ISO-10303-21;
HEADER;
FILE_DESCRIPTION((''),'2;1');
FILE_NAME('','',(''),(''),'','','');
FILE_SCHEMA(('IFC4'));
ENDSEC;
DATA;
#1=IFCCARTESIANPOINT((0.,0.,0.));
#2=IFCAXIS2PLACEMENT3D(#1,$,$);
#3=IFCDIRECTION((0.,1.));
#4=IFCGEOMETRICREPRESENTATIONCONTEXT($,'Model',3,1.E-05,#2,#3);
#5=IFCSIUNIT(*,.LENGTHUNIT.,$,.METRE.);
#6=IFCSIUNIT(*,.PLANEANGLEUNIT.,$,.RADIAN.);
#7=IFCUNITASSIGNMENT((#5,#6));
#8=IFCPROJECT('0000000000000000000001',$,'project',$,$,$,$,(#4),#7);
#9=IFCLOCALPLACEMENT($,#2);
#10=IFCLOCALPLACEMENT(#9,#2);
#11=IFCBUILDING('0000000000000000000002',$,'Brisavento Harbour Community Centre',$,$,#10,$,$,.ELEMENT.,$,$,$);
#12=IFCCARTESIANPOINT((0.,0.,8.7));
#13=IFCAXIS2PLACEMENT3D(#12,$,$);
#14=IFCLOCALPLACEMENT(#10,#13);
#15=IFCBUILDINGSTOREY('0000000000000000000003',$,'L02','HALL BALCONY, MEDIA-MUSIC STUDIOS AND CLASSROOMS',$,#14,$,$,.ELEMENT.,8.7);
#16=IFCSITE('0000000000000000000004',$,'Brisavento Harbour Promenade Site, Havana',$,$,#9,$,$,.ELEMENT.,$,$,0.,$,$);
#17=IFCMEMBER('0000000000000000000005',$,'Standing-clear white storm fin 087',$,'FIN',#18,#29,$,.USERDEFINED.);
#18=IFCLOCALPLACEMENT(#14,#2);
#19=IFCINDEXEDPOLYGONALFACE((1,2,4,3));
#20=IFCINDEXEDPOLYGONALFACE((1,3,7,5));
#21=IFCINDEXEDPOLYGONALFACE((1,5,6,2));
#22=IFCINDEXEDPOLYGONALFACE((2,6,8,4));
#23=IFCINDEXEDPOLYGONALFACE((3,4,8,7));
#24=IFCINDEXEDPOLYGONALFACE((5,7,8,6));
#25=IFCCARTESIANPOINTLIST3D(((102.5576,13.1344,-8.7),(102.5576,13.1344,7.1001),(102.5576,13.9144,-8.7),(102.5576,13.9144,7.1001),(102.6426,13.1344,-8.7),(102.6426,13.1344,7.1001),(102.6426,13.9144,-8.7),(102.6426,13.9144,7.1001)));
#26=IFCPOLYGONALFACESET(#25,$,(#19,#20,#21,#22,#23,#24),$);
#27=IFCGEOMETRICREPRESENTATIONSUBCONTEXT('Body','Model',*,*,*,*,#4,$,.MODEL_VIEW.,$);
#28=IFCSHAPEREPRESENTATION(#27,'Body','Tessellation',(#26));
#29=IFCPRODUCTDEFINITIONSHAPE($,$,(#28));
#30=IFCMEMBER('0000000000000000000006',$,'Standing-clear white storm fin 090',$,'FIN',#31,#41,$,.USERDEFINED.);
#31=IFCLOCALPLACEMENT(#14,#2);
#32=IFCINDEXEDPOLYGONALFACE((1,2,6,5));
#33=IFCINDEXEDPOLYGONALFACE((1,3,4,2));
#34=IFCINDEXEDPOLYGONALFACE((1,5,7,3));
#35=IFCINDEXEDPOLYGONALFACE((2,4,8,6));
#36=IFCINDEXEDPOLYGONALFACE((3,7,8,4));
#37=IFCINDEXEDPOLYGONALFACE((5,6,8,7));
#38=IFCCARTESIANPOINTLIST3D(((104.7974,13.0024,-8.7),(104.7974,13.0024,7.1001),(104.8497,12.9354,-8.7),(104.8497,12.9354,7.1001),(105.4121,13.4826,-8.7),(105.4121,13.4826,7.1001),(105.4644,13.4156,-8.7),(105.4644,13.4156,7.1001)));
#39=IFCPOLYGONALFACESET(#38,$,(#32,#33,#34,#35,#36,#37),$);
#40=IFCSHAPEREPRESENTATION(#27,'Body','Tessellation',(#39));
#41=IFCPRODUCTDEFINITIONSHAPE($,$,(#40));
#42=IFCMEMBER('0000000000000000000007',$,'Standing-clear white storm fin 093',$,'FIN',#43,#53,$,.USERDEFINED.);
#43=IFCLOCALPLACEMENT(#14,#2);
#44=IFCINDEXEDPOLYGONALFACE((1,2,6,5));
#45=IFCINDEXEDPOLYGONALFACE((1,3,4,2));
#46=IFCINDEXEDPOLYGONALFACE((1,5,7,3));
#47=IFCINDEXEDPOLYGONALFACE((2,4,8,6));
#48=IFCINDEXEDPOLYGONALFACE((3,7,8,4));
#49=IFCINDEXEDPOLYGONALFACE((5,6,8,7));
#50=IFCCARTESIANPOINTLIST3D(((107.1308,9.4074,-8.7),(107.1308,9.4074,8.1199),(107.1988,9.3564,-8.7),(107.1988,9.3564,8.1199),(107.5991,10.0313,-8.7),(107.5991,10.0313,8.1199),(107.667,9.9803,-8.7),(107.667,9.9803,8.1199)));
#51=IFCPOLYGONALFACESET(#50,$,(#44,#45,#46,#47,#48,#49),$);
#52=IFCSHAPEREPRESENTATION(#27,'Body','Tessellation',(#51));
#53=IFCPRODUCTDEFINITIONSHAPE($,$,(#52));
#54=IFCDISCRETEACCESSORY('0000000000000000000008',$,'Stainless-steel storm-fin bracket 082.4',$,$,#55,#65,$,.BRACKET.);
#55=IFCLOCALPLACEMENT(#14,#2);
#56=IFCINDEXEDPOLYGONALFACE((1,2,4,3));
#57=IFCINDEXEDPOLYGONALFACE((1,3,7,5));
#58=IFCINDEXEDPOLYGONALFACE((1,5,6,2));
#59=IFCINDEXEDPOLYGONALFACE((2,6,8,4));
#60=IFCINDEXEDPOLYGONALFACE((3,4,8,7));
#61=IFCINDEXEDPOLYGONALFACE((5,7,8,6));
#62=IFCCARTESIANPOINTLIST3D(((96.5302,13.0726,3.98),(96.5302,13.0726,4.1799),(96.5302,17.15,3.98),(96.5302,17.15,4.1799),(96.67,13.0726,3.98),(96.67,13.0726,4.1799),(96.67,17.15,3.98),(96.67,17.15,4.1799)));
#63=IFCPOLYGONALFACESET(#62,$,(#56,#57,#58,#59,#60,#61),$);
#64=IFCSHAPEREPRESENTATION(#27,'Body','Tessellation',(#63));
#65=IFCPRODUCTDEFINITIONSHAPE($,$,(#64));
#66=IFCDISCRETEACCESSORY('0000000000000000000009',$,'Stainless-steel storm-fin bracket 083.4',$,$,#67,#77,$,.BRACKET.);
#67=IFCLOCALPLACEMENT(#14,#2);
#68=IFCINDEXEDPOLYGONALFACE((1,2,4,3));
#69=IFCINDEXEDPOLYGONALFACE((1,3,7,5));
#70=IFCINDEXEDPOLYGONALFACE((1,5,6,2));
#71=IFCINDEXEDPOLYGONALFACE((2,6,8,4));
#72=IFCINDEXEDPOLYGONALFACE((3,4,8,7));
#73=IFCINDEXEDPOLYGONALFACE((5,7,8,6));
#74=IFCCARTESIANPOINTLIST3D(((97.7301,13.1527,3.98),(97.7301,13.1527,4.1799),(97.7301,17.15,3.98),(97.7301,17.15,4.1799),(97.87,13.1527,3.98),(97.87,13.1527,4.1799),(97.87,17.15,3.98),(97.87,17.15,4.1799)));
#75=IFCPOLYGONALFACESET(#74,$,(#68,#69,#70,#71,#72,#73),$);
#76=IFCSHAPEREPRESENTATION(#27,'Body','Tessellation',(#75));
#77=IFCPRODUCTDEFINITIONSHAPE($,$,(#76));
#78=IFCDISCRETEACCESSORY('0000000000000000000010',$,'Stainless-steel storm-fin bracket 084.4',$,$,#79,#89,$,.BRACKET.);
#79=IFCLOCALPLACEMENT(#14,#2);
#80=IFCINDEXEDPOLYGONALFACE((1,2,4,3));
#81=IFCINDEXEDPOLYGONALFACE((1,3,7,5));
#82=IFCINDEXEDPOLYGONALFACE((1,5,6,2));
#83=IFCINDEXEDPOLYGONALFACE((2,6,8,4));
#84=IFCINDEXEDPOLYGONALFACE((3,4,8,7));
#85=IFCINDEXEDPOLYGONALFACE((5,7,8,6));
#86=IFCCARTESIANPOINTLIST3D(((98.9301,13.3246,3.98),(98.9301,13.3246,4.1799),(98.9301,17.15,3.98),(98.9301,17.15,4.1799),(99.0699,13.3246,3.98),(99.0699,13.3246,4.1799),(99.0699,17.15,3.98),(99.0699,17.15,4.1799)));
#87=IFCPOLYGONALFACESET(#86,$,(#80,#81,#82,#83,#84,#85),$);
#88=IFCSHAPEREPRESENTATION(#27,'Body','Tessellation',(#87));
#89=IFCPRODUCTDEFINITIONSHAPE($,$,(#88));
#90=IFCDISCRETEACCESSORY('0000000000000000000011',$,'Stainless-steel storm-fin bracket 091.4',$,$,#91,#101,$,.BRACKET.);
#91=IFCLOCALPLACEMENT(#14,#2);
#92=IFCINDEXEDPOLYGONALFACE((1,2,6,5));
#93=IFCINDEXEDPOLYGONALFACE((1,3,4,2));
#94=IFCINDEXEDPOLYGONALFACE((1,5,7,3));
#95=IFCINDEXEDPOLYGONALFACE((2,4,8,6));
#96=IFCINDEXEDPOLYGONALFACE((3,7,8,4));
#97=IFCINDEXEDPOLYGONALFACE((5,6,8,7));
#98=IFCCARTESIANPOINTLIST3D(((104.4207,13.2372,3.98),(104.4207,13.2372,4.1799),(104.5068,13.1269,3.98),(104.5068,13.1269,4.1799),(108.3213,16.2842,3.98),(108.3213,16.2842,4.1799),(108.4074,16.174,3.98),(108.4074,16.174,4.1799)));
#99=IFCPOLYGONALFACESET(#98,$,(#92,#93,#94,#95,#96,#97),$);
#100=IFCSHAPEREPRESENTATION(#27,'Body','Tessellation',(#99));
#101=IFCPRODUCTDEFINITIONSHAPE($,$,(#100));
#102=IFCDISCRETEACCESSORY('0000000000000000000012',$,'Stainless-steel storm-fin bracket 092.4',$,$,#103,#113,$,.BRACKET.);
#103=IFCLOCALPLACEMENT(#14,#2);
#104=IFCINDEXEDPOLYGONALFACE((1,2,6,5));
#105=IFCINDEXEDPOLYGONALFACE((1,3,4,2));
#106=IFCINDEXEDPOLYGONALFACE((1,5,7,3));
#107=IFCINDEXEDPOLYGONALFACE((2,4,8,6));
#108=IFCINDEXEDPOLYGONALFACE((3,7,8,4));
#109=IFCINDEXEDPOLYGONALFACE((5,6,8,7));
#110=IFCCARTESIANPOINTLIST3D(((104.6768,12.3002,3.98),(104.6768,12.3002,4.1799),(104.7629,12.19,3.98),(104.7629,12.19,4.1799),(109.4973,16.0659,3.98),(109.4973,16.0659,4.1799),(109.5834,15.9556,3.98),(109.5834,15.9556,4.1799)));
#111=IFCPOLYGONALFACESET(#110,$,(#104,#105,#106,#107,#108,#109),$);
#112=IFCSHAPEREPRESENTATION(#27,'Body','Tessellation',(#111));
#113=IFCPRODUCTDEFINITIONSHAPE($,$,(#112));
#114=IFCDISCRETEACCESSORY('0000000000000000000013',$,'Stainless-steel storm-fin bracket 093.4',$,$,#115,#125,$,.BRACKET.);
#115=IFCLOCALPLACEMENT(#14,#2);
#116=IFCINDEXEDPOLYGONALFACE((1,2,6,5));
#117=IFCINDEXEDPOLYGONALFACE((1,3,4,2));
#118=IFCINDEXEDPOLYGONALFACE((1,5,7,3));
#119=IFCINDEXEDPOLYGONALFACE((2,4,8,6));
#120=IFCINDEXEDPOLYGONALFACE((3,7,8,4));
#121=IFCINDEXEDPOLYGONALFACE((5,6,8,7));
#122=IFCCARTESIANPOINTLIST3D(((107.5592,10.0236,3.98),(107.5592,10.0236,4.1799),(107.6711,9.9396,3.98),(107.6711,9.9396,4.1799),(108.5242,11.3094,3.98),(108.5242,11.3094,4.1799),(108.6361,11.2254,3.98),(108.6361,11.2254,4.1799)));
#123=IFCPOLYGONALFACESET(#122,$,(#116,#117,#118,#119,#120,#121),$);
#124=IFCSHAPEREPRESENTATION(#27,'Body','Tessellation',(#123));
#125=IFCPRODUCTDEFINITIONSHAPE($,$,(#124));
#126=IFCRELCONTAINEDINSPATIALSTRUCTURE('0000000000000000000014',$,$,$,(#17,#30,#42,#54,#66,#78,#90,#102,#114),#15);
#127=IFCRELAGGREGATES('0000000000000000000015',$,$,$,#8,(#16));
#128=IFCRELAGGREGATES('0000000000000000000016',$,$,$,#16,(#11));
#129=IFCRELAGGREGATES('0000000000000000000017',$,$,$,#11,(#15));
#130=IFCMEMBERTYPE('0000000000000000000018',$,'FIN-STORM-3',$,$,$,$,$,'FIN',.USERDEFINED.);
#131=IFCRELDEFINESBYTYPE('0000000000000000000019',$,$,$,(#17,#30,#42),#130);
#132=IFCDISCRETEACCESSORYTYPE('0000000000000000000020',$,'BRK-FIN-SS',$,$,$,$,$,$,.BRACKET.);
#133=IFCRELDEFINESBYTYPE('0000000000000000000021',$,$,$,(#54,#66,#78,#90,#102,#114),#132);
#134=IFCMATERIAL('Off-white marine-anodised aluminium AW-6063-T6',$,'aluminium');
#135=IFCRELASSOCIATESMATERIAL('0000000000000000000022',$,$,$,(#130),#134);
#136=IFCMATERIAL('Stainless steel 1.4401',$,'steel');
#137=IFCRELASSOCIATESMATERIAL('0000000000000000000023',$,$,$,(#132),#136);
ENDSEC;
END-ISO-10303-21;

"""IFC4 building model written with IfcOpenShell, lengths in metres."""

from ifc_helpers import new_model, si_unit, direction, frame, origin, origin_2d, place, context, subcontext, project, spatial, rectangle, extrude, material, material_profile, profile_set, type_object, element, save


model = new_model("IFC4")

# Units and contexts
model_context = context("Model", 3, precision=1e-05, world=origin(), true_north=direction((0.0, 1.0)))
body_context = subcontext(model_context, "Body", "Model", "MODEL_VIEW")
ifc_project = project(units=[si_unit("LENGTHUNIT", "METRE"), si_unit("PLANEANGLEUNIT", "RADIAN")], contexts=[model_context])

# Site, building, storey
site_placement = place(None, origin())
site = spatial("IfcSite", under=ifc_project, at=site_placement, Name="Brisavento Harbour Promenade Site, Havana", CompositionType="ELEMENT", RefElevation=0.0)
building_placement = place(site_placement, origin())
building = spatial("IfcBuilding", under=site, at=building_placement, Name="Brisavento Harbour Community Centre", CompositionType="ELEMENT")
storey_placement = place(building_placement, frame((0.0, 0.0, 8.7)))
storey = spatial("IfcBuildingStorey", under=building, at=storey_placement, Name="L02", Description="HALL BALCONY, MEDIA-MUSIC STUDIOS AND CLASSROOMS", CompositionType="ELEMENT", Elevation=8.7)

# Members
ifc_material_1 = material(Name="Off-white marine-anodised aluminium AW-6063-T6", Category="aluminium")
ifc_material_profile_1 = material_profile(ifc_material_1, rectangle(XDim=0.085, YDim=0.78, at=origin_2d()), Name="Off-white marine-anodised aluminium AW-6063-T6")
ifc_profile_set_1 = profile_set([ifc_material_profile_1], Name="Off-white marine-anodised aluminium AW-6063-T6")
member_type_1 = type_object("IfcMemberType", Name="FIN-STORM-3", ElementType="FIN", PredefinedType="USERDEFINED", material=ifc_profile_set_1)
for number, where, z_axis, x_axis, name in (
    (1, (102.6001, 13.5244, -8.7), (0.0, 0.0, 1.0), (-1.0, 0.0, 0.0), "Standing-clear white storm fin 087"),
    (2, (105.1309, 13.209, -8.7), (0.0, 0.0, 1.0), (-0.615606, 0.788054, 0.0), "Standing-clear white storm fin 090"),
):
    element("IfcMember", number, at=place(storey_placement, frame(where, z_axis=z_axis, x_axis=x_axis)), inside=storey, type_object=member_type_1, Name=name, ObjectType="FIN", PredefinedType="USERDEFINED", context=body_context, shape_type="SweptSolid", body=[
        extrude(rectangle(XDim=0.085, YDim=0.78, at=origin_2d()), origin(), (0.0, 0.0, 1.0), 15.8),
    ])
member_1_placement = place(storey_placement, frame((107.3989, 9.6938, -8.7), z_axis=(0.0, 0.0, 1.0), x_axis=(-0.79981, 0.600253, 0.0)))
element("IfcMember", 3, at=member_1_placement, inside=storey, type_object=member_type_1, Name="Standing-clear white storm fin 093", ObjectType="FIN", PredefinedType="USERDEFINED", context=body_context, shape_type="SweptSolid", body=[
    extrude(rectangle(XDim=0.085, YDim=0.78, at=origin_2d()), origin(), (0.0, 0.0, 1.0), 16.8198),
])

# Discrete accessories
ifc_material_2 = material(Name="Stainless steel 1.4401", Category="steel")
discrete_accessory_type = type_object("IfcDiscreteAccessoryType", Name="BRK-FIN-SS", PredefinedType="BRACKET", material=ifc_material_2)
discrete_accessory_1_placement = place(storey_placement, frame((96.6001, 15.1113, 3.98), z_axis=(0.0, 0.0, 1.0), x_axis=(0.0, -1.0, 0.0)))
element("IfcDiscreteAccessory", 4, at=discrete_accessory_1_placement, inside=storey, type_object=discrete_accessory_type, Name="Stainless-steel storm-fin bracket 082.4", PredefinedType="BRACKET", context=body_context, shape_type="SweptSolid", body=[
    extrude(rectangle(XDim=4.0774, YDim=0.1399, at=origin_2d()), origin(), (0.0, 0.0, 1.0), 0.2),
])
discrete_accessory_2_placement = place(storey_placement, frame((97.8, 15.1514, 3.98), z_axis=(0.0, 0.0, 1.0), x_axis=(0.0, -1.0, 0.0)))
element("IfcDiscreteAccessory", 5, at=discrete_accessory_2_placement, inside=storey, type_object=discrete_accessory_type, Name="Stainless-steel storm-fin bracket 083.4", PredefinedType="BRACKET", context=body_context, shape_type="SweptSolid", body=[
    extrude(rectangle(XDim=3.9973, YDim=0.1399, at=origin_2d()), origin(), (0.0, 0.0, 1.0), 0.2),
])
discrete_accessory_3_placement = place(storey_placement, frame((99.0, 15.2373, 3.98), z_axis=(0.0, 0.0, 1.0), x_axis=(0.0, -1.0, 0.0)))
element("IfcDiscreteAccessory", 6, at=discrete_accessory_3_placement, inside=storey, type_object=discrete_accessory_type, Name="Stainless-steel storm-fin bracket 084.4", PredefinedType="BRACKET", context=body_context, shape_type="SweptSolid", body=[
    extrude(rectangle(XDim=3.8254, YDim=0.1399, at=origin_2d()), origin(), (0.0, 0.0, 1.0), 0.2),
])
discrete_accessory_4_placement = place(storey_placement, frame((106.4141, 14.7056, 3.98), z_axis=(0.0, 0.0, 1.0), x_axis=(-0.788054, -0.615606, 0.0)))
element("IfcDiscreteAccessory", 7, at=discrete_accessory_4_placement, inside=storey, type_object=discrete_accessory_type, Name="Stainless-steel storm-fin bracket 091.4", PredefinedType="BRACKET", context=body_context, shape_type="SweptSolid", body=[
    extrude(rectangle(XDim=4.9497, YDim=0.1399, at=origin_2d()), origin(), (0.0, 0.0, 1.0), 0.2),
])
discrete_accessory_5_placement = place(storey_placement, frame((107.1301, 14.1279, 3.98), z_axis=(0.0, 0.0, 1.0), x_axis=(-0.788054, -0.615606, 0.0)))
element("IfcDiscreteAccessory", 8, at=discrete_accessory_5_placement, inside=storey, type_object=discrete_accessory_type, Name="Stainless-steel storm-fin bracket 092.4", PredefinedType="BRACKET", context=body_context, shape_type="SweptSolid", body=[
    extrude(rectangle(XDim=6.1169, YDim=0.1399, at=origin_2d()), origin(), (0.0, 0.0, 1.0), 0.2),
])
discrete_accessory_6_placement = place(storey_placement, frame((108.0977, 10.6245, 3.98), z_axis=(0.0, 0.0, 1.0), x_axis=(-0.600253, -0.79981, 0.0)))
element("IfcDiscreteAccessory", 9, at=discrete_accessory_6_placement, inside=storey, type_object=discrete_accessory_type, Name="Stainless-steel storm-fin bracket 093.4", PredefinedType="BRACKET", context=body_context, shape_type="SweptSolid", body=[
    extrude(rectangle(XDim=1.6077, YDim=0.1399, at=origin_2d()), origin(), (0.0, 0.0, 1.0), 0.2),
])

save(model, "model.ifc")
